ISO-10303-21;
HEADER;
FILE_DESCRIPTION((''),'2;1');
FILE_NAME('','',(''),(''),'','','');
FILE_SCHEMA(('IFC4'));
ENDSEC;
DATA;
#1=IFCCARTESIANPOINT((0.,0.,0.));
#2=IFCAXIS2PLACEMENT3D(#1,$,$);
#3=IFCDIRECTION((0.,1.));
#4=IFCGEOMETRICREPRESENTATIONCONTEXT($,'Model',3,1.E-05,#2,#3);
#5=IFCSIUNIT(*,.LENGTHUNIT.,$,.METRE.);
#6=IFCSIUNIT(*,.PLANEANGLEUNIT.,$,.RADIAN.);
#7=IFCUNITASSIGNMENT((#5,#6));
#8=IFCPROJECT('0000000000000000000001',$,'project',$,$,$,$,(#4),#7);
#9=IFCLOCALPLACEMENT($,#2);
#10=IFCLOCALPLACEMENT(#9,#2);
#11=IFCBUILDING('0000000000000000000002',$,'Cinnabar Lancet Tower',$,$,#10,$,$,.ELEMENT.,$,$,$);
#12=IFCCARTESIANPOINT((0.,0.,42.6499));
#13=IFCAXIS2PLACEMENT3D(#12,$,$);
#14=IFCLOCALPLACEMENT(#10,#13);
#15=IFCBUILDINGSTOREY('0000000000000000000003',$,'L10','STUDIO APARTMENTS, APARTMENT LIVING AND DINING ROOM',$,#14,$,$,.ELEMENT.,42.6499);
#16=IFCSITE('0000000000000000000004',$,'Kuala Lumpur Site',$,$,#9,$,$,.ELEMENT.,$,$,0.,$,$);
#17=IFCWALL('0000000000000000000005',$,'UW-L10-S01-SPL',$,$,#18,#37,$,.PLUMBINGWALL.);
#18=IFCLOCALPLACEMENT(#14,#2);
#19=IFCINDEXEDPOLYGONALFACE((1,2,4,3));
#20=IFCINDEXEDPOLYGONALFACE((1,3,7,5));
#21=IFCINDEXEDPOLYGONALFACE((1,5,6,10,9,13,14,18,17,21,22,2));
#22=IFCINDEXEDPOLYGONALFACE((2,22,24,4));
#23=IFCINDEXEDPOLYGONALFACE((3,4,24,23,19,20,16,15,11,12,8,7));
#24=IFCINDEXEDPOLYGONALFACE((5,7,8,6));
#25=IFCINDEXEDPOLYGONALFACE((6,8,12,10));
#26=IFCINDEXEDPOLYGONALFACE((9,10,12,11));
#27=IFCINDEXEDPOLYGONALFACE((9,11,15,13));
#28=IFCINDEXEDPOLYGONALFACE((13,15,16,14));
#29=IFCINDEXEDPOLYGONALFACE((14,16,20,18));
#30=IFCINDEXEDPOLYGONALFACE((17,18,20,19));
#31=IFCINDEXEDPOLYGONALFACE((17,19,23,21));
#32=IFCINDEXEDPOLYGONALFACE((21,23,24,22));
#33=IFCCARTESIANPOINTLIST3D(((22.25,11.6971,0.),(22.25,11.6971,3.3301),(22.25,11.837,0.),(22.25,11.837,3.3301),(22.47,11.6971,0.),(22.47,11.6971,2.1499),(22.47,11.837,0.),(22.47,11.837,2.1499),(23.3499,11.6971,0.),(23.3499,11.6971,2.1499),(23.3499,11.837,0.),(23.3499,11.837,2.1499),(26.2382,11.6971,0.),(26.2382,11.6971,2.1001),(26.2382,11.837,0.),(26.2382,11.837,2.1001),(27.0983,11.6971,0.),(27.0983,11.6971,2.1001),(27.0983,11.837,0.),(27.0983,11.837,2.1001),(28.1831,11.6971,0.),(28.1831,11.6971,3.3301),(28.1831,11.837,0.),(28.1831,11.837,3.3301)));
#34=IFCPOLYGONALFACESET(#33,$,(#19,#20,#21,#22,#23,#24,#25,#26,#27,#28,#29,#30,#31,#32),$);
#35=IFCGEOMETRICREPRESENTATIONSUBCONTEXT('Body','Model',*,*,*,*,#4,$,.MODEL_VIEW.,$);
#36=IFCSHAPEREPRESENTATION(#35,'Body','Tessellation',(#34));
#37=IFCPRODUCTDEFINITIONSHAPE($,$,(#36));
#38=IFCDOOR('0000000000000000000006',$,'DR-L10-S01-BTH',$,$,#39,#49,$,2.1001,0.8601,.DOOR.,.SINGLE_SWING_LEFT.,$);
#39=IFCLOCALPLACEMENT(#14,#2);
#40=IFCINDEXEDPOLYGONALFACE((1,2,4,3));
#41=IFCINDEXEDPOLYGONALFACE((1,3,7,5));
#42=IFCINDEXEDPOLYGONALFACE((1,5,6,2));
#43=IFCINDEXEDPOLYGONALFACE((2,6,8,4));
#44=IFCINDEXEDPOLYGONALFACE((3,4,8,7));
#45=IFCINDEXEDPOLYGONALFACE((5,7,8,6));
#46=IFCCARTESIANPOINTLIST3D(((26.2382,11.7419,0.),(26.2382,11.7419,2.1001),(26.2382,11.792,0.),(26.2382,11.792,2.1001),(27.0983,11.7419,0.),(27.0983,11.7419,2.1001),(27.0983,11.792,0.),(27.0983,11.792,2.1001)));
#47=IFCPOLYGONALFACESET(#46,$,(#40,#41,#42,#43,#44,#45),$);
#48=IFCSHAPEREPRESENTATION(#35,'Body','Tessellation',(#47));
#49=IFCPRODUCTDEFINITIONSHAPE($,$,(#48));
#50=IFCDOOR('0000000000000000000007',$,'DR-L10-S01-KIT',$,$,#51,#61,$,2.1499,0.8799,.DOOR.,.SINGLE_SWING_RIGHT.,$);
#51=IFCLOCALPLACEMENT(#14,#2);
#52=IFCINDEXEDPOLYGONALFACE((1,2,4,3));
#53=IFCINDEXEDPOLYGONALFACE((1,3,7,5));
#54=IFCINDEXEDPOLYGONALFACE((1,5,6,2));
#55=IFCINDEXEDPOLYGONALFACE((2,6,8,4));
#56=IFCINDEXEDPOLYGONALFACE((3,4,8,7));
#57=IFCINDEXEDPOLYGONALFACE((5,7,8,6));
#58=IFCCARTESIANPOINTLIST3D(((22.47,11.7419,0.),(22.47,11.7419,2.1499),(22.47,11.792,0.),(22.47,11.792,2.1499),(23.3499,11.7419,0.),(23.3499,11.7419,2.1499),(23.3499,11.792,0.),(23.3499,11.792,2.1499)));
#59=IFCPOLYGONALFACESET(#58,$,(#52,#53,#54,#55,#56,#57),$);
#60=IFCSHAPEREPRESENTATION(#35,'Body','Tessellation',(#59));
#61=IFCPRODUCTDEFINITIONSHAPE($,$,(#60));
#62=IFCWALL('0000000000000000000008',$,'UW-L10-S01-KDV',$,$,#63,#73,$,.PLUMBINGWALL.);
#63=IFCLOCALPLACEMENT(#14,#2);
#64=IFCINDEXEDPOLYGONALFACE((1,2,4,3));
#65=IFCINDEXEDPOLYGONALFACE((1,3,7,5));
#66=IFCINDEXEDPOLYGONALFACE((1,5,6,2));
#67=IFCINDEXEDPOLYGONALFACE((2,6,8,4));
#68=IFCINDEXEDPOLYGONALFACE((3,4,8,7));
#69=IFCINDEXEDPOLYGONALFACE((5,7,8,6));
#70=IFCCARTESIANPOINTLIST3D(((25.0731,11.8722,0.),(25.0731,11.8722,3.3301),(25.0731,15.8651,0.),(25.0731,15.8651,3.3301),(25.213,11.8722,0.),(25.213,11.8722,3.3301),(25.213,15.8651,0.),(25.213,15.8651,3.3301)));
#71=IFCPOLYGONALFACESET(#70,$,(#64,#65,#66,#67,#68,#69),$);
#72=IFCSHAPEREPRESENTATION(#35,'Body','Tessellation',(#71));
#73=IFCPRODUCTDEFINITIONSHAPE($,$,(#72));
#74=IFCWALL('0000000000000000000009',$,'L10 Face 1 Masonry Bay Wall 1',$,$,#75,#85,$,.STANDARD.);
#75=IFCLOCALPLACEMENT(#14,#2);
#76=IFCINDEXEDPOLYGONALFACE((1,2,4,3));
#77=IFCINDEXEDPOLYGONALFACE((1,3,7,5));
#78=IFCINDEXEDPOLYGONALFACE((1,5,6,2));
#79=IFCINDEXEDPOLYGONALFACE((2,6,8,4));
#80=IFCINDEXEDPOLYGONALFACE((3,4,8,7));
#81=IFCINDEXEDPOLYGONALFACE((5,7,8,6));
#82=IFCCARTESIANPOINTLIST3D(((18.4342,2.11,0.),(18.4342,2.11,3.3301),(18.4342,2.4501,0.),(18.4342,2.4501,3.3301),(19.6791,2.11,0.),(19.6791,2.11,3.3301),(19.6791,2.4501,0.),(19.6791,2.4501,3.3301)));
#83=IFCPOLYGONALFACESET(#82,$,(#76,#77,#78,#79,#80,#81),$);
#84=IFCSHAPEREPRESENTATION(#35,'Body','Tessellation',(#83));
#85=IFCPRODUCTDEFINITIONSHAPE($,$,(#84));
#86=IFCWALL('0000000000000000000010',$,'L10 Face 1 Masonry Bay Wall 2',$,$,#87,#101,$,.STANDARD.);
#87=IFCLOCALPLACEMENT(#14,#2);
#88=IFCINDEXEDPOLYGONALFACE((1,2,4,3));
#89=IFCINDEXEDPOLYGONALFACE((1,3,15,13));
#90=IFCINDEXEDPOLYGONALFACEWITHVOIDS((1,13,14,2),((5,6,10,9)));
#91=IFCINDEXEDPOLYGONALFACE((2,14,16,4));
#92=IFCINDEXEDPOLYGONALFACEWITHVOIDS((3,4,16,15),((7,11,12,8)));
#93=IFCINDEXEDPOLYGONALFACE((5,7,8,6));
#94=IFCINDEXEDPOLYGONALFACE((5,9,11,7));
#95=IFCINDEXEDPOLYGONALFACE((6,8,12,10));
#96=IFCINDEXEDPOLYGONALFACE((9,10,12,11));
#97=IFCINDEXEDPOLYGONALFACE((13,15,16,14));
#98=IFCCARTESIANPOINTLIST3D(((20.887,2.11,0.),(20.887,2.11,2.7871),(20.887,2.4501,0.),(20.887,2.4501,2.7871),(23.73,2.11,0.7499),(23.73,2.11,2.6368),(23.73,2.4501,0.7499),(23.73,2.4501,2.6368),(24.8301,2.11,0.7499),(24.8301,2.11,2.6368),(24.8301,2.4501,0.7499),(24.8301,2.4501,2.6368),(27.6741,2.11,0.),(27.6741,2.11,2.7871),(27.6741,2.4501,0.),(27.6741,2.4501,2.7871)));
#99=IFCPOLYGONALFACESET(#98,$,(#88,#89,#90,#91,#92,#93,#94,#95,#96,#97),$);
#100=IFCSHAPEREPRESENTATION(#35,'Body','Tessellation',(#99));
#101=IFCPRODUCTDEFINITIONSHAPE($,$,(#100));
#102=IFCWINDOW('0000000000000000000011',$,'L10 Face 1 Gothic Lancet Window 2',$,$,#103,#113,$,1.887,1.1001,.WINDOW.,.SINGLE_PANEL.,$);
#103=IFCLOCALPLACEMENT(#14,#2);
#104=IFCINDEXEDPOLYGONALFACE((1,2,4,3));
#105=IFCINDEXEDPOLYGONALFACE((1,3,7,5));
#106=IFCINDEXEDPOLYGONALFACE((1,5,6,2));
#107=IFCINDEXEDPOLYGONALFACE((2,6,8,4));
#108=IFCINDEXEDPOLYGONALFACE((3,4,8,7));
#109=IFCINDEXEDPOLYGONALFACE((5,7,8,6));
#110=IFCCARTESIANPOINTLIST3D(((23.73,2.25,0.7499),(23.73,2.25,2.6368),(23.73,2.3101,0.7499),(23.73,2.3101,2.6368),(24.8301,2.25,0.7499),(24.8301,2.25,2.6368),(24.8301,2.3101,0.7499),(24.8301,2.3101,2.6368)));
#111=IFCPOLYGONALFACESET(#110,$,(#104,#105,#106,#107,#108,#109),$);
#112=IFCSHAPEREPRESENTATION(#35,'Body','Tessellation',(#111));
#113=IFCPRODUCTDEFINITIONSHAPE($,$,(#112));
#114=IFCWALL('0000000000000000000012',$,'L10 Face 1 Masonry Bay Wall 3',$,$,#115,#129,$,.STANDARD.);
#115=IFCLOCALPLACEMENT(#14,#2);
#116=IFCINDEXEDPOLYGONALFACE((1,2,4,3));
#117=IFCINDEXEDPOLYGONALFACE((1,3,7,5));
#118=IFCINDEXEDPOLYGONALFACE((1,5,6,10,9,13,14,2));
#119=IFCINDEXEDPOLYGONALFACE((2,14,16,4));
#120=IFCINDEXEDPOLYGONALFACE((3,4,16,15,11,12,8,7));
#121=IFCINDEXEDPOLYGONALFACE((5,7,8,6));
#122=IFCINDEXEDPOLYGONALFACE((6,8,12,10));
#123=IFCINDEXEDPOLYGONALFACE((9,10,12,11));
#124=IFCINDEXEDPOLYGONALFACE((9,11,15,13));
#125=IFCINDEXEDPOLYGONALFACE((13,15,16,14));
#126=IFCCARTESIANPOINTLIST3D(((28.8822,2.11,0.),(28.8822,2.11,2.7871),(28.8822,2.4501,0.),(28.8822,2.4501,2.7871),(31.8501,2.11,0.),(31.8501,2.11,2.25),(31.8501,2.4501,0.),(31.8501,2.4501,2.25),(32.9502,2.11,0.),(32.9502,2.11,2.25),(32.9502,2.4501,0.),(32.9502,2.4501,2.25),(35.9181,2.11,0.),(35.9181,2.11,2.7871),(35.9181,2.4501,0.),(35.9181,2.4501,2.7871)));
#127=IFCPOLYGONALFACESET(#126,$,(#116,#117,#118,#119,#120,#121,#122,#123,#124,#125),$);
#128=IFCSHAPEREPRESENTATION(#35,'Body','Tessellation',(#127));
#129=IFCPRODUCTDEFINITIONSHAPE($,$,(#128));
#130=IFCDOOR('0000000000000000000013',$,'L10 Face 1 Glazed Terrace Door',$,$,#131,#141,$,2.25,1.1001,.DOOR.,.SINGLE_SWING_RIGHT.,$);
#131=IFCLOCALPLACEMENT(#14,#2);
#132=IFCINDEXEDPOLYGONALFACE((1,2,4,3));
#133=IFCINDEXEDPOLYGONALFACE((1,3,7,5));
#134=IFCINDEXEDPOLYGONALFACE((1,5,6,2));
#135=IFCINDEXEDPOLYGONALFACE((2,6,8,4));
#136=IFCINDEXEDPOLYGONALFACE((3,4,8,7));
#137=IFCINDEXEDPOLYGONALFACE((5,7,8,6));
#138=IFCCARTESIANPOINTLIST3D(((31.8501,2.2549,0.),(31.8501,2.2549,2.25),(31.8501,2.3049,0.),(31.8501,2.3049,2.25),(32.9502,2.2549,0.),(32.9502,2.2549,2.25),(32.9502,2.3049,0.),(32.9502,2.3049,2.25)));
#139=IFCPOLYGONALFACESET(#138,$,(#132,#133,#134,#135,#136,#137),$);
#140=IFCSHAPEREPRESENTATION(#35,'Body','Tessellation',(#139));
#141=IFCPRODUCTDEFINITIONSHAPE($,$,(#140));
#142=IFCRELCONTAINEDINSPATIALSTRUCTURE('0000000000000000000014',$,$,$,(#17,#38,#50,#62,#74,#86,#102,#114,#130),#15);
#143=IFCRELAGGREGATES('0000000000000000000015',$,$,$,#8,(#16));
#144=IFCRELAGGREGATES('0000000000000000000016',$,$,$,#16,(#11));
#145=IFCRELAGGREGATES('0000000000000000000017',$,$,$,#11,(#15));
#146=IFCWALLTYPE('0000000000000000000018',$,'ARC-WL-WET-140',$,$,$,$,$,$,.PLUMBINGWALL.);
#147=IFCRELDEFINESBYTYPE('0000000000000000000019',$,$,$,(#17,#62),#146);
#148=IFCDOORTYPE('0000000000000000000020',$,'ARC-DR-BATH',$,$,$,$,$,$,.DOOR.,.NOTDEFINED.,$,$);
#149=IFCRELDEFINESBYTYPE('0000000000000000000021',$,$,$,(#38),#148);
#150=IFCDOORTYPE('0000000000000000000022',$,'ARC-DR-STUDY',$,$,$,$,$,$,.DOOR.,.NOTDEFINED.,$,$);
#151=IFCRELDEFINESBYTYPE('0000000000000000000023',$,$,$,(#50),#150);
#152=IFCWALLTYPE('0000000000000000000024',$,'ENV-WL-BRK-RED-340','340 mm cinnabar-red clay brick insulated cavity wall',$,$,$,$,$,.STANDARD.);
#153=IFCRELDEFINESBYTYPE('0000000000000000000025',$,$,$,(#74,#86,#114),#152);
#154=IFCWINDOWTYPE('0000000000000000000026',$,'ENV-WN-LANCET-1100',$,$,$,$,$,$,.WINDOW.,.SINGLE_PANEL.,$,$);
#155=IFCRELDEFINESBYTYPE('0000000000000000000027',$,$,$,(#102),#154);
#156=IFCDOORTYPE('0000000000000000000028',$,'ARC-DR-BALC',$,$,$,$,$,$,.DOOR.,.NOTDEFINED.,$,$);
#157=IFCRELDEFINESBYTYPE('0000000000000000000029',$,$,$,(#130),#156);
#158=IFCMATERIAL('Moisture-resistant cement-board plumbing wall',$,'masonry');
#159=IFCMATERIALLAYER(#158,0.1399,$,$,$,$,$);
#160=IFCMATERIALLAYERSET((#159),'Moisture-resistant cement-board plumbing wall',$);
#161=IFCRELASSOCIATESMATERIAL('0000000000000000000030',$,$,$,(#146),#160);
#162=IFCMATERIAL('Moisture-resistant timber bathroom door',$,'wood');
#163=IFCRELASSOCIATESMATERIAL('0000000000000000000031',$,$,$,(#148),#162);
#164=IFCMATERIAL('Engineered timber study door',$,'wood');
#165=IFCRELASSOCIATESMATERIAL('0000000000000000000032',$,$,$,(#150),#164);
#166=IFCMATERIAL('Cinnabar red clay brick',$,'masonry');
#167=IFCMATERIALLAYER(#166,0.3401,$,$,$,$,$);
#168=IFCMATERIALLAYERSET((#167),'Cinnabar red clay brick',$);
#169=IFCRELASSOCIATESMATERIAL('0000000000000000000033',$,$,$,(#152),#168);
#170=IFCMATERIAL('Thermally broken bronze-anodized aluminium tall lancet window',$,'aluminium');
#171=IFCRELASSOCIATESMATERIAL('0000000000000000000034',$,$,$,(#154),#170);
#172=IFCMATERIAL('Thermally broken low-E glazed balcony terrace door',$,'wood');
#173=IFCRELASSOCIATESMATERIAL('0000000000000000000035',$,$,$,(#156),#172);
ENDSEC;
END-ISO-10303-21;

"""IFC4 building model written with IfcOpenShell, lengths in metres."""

from ifc_helpers import new_model, si_unit, direction, frame, frame_2d, origin, place, context, subcontext, project, spatial, rectangle, extrude, material, layer, layer_set, type_object, element, fill, save


model = new_model("IFC4")

# Units and contexts
model_context = context("Model", 3, precision=1e-05, world=origin(), true_north=direction((0.0, 1.0)))
body_context = subcontext(model_context, "Body", "Model", "MODEL_VIEW")
ifc_project = project(units=[si_unit("LENGTHUNIT", "METRE"), si_unit("PLANEANGLEUNIT", "RADIAN")], contexts=[model_context])

# Site, building, storey
site_placement = place(None, origin())
site = spatial("IfcSite", under=ifc_project, at=site_placement, Name="Kuala Lumpur Site", CompositionType="ELEMENT", RefElevation=0.0)
building_placement = place(site_placement, origin())
building = spatial("IfcBuilding", under=site, at=building_placement, Name="Cinnabar Lancet Tower", CompositionType="ELEMENT")
storey_placement = place(building_placement, frame((0.0, 0.0, 42.6499)))
storey = spatial("IfcBuildingStorey", under=building, at=storey_placement, Name="L10", Description="STUDIO APARTMENTS, APARTMENT LIVING AND DINING ROOM", CompositionType="ELEMENT", Elevation=42.6499)

# Wall, openings, doors
ifc_material_1 = material(Name="Moisture-resistant cement-board plumbing wall", Category="masonry")
ifc_layer_1 = layer(ifc_material_1, 0.1399)
ifc_layer_set_1 = layer_set([ifc_layer_1], Name="Moisture-resistant cement-board plumbing wall")
wall_type_1 = type_object("IfcWallType", Name="ARC-WL-WET-140", PredefinedType="PLUMBINGWALL", material=ifc_layer_set_1)
wall_1_placement = place(storey_placement, frame((22.25, 11.7671, 0.0), z_axis=(0.0, 0.0, 1.0), x_axis=(1.0, 0.0, 0.0)))
wall_1 = element("IfcWall", 1, at=wall_1_placement, inside=storey, type_object=wall_type_1, Name="UW-L10-S01-SPL", PredefinedType="PLUMBINGWALL", context=body_context, shape_type="SweptSolid", body=[
    extrude(rectangle(XDim=5.9331, YDim=0.1399, at=frame_2d((2.9666, 0.0))), origin(), (0.0, 0.0, 1.0), 3.3301),
])
opening_1_placement = place(wall_1_placement, frame((3.988, 0.0, 0.0)))
opening_1 = element("IfcOpeningElement", 2, at=opening_1_placement, cuts=wall_1, PredefinedType="OPENING", context=body_context, shape_type="SweptSolid", body=[
    extrude(rectangle(XDim=0.8601, YDim=2.1001, at=frame_2d((0.4302, 1.05))), frame((0.0, 0.0798, 0.0), z_axis=(0.0, -1.0, 0.0), x_axis=(1.0, 0.0, 0.0)), (0.0, 0.0, 1.0), 0.1599),
])
opening_2_placement = place(wall_1_placement, frame((0.22, 0.0, 0.0)))
opening_2 = element("IfcOpeningElement", 3, at=opening_2_placement, cuts=wall_1, PredefinedType="OPENING", context=body_context, shape_type="SweptSolid", body=[
    extrude(rectangle(XDim=0.8799, YDim=2.1499, at=frame_2d((0.4399, 1.075))), frame((0.0, 0.0798, 0.0), z_axis=(0.0, -1.0, 0.0), x_axis=(1.0, 0.0, 0.0)), (0.0, 0.0, 1.0), 0.1599),
])
ifc_material_2 = material(Name="Moisture-resistant timber bathroom door", Category="wood")
door_type_1 = type_object("IfcDoorType", Name="ARC-DR-BATH", OperationType="NOTDEFINED", PredefinedType="DOOR", material=ifc_material_2)
door_1_placement = place(opening_1_placement, origin())
door_1 = element("IfcDoor", 4, at=door_1_placement, inside=storey, type_object=door_type_1, Name="DR-L10-S01-BTH", OperationType="SINGLE_SWING_LEFT", OverallHeight=2.1001, OverallWidth=0.8601, PredefinedType="DOOR", context=body_context, shape_type="SweptSolid", body=[
    extrude(rectangle(XDim=0.8601, YDim=2.1001, at=frame_2d((0.4302, 1.05))), frame((0.0, 0.0249, 0.0), z_axis=(0.0, -1.0, 0.0), x_axis=(1.0, 0.0, 0.0)), (0.0, 0.0, 1.0), 0.05),
])
fill(opening_1, door_1)
ifc_material_3 = material(Name="Engineered timber study door", Category="wood")
door_type_2 = type_object("IfcDoorType", Name="ARC-DR-STUDY", OperationType="NOTDEFINED", PredefinedType="DOOR", material=ifc_material_3)
door_2_placement = place(opening_2_placement, origin())
door_2 = element("IfcDoor", 5, at=door_2_placement, inside=storey, type_object=door_type_2, Name="DR-L10-S01-KIT", OperationType="SINGLE_SWING_RIGHT", OverallHeight=2.1499, OverallWidth=0.8799, PredefinedType="DOOR", context=body_context, shape_type="SweptSolid", body=[
    extrude(rectangle(XDim=0.8799, YDim=2.1499, at=frame_2d((0.4399, 1.075))), frame((0.0, 0.0249, 0.0), z_axis=(0.0, -1.0, 0.0), x_axis=(1.0, 0.0, 0.0)), (0.0, 0.0, 1.0), 0.05),
])
fill(opening_2, door_2)

# Walls
wall_2_placement = place(storey_placement, frame((25.1431, 11.8721, 0.0), z_axis=(0.0, 0.0, 1.0), x_axis=(0.0, 1.0, 0.0)))
element("IfcWall", 6, at=wall_2_placement, inside=storey, type_object=wall_type_1, Name="UW-L10-S01-KDV", PredefinedType="PLUMBINGWALL", context=body_context, shape_type="SweptSolid", body=[
    extrude(rectangle(XDim=3.9929, YDim=0.1399, at=frame_2d((1.9966, 0.0))), origin(), (0.0, 0.0, 1.0), 3.3301),
])
ifc_material_4 = material(Name="Cinnabar red clay brick", Category="masonry")
ifc_layer_2 = layer(ifc_material_4, 0.3401)
ifc_layer_set_2 = layer_set([ifc_layer_2], Name="Cinnabar red clay brick")
wall_type_2 = type_object("IfcWallType", Name="ENV-WL-BRK-RED-340", Description="340 mm cinnabar-red clay brick insulated cavity wall", PredefinedType="STANDARD", material=ifc_layer_set_2)
wall_3_placement = place(storey_placement, frame((18.4341, 2.28, 0.0), z_axis=(0.0, 0.0, 1.0), x_axis=(1.0, 0.0, 0.0)))
element("IfcWall", 7, at=wall_3_placement, inside=storey, type_object=wall_type_2, Name="L10 Face 1 Masonry Bay Wall 1", PredefinedType="STANDARD", context=body_context, shape_type="SweptSolid", body=[
    extrude(rectangle(XDim=1.2449, YDim=0.3401, at=frame_2d((0.6226, 0.0))), origin(), (0.0, 0.0, 1.0), 3.3301),
])

# Wall, opening, window
wall_4_placement = place(storey_placement, frame((20.887, 2.28, 0.0), z_axis=(0.0, 0.0, 1.0), x_axis=(1.0, 0.0, 0.0)))
wall_4 = element("IfcWall", 8, at=wall_4_placement, inside=storey, type_object=wall_type_2, Name="L10 Face 1 Masonry Bay Wall 2", PredefinedType="STANDARD", context=body_context, shape_type="SweptSolid", body=[
    extrude(rectangle(XDim=6.7871, YDim=0.3401, at=frame_2d((3.3936, 0.0))), origin(), (0.0, 0.0, 1.0), 2.7871),
])
opening_3_placement = place(wall_4_placement, frame((2.843, 0.0, 0.75)))
opening_3 = element("IfcOpeningElement", 9, at=opening_3_placement, cuts=wall_4, PredefinedType="OPENING", context=body_context, shape_type="SweptSolid", body=[
    extrude(rectangle(XDim=1.1001, YDim=1.887, at=frame_2d((0.55, 0.9434))), frame((0.0, 0.1799, 0.0), z_axis=(0.0, -1.0, 0.0), x_axis=(1.0, 0.0, 0.0)), (0.0, 0.0, 1.0), 0.3601),
])
ifc_material_5 = material(Name="Thermally broken bronze-anodized aluminium tall lancet window", Category="aluminium")
window_type = type_object("IfcWindowType", Name="ENV-WN-LANCET-1100", PartitioningType="SINGLE_PANEL", PredefinedType="WINDOW", material=ifc_material_5)
window_placement = place(opening_3_placement, origin())
window = element("IfcWindow", 10, at=window_placement, inside=storey, type_object=window_type, Name="L10 Face 1 Gothic Lancet Window 2", OverallHeight=1.887, OverallWidth=1.1001, PartitioningType="SINGLE_PANEL", PredefinedType="WINDOW", context=body_context, shape_type="SweptSolid", body=[
    extrude(rectangle(XDim=1.1001, YDim=1.887, at=frame_2d((0.55, 0.9434))), frame((0.0, 0.03, 0.0), z_axis=(0.0, -1.0, 0.0), x_axis=(1.0, 0.0, 0.0)), (0.0, 0.0, 1.0), 0.0601),
])
fill(opening_3, window)

# Wall, opening, door
wall_5_placement = place(storey_placement, frame((28.8821, 2.28, 0.0), z_axis=(0.0, 0.0, 1.0), x_axis=(1.0, 0.0, 0.0)))
wall_5 = element("IfcWall", 11, at=wall_5_placement, inside=storey, type_object=wall_type_2, Name="L10 Face 1 Masonry Bay Wall 3", PredefinedType="STANDARD", context=body_context, shape_type="SweptSolid", body=[
    extrude(rectangle(XDim=7.0359, YDim=0.3401, at=frame_2d((3.5181, 0.0))), origin(), (0.0, 0.0, 1.0), 2.7871),
])
opening_4_placement = place(wall_5_placement, frame((2.968, 0.0, 0.0)))
opening_4 = element("IfcOpeningElement", 12, at=opening_4_placement, cuts=wall_5, PredefinedType="OPENING", context=body_context, shape_type="SweptSolid", body=[
    extrude(rectangle(XDim=1.1001, YDim=2.25, at=frame_2d((0.55, 1.125))), frame((0.0, 0.1799, 0.0), z_axis=(0.0, -1.0, 0.0), x_axis=(1.0, 0.0, 0.0)), (0.0, 0.0, 1.0), 0.3601),
])
ifc_material_6 = material(Name="Thermally broken low-E glazed balcony terrace door", Category="wood")
door_type_3 = type_object("IfcDoorType", Name="ARC-DR-BALC", OperationType="NOTDEFINED", PredefinedType="DOOR", material=ifc_material_6)
door_3_placement = place(opening_4_placement, origin())
door_3 = element("IfcDoor", 13, at=door_3_placement, inside=storey, type_object=door_type_3, Name="L10 Face 1 Glazed Terrace Door", OperationType="SINGLE_SWING_RIGHT", OverallHeight=2.25, OverallWidth=1.1001, PredefinedType="DOOR", context=body_context, shape_type="SweptSolid", body=[
    extrude(rectangle(XDim=1.1001, YDim=2.25, at=frame_2d((0.55, 1.125))), frame((0.0, 0.0249, 0.0), z_axis=(0.0, -1.0, 0.0), x_axis=(1.0, 0.0, 0.0)), (0.0, 0.0, 1.0), 0.05),
])
fill(opening_4, door_3)

save(model, "model.ifc")
